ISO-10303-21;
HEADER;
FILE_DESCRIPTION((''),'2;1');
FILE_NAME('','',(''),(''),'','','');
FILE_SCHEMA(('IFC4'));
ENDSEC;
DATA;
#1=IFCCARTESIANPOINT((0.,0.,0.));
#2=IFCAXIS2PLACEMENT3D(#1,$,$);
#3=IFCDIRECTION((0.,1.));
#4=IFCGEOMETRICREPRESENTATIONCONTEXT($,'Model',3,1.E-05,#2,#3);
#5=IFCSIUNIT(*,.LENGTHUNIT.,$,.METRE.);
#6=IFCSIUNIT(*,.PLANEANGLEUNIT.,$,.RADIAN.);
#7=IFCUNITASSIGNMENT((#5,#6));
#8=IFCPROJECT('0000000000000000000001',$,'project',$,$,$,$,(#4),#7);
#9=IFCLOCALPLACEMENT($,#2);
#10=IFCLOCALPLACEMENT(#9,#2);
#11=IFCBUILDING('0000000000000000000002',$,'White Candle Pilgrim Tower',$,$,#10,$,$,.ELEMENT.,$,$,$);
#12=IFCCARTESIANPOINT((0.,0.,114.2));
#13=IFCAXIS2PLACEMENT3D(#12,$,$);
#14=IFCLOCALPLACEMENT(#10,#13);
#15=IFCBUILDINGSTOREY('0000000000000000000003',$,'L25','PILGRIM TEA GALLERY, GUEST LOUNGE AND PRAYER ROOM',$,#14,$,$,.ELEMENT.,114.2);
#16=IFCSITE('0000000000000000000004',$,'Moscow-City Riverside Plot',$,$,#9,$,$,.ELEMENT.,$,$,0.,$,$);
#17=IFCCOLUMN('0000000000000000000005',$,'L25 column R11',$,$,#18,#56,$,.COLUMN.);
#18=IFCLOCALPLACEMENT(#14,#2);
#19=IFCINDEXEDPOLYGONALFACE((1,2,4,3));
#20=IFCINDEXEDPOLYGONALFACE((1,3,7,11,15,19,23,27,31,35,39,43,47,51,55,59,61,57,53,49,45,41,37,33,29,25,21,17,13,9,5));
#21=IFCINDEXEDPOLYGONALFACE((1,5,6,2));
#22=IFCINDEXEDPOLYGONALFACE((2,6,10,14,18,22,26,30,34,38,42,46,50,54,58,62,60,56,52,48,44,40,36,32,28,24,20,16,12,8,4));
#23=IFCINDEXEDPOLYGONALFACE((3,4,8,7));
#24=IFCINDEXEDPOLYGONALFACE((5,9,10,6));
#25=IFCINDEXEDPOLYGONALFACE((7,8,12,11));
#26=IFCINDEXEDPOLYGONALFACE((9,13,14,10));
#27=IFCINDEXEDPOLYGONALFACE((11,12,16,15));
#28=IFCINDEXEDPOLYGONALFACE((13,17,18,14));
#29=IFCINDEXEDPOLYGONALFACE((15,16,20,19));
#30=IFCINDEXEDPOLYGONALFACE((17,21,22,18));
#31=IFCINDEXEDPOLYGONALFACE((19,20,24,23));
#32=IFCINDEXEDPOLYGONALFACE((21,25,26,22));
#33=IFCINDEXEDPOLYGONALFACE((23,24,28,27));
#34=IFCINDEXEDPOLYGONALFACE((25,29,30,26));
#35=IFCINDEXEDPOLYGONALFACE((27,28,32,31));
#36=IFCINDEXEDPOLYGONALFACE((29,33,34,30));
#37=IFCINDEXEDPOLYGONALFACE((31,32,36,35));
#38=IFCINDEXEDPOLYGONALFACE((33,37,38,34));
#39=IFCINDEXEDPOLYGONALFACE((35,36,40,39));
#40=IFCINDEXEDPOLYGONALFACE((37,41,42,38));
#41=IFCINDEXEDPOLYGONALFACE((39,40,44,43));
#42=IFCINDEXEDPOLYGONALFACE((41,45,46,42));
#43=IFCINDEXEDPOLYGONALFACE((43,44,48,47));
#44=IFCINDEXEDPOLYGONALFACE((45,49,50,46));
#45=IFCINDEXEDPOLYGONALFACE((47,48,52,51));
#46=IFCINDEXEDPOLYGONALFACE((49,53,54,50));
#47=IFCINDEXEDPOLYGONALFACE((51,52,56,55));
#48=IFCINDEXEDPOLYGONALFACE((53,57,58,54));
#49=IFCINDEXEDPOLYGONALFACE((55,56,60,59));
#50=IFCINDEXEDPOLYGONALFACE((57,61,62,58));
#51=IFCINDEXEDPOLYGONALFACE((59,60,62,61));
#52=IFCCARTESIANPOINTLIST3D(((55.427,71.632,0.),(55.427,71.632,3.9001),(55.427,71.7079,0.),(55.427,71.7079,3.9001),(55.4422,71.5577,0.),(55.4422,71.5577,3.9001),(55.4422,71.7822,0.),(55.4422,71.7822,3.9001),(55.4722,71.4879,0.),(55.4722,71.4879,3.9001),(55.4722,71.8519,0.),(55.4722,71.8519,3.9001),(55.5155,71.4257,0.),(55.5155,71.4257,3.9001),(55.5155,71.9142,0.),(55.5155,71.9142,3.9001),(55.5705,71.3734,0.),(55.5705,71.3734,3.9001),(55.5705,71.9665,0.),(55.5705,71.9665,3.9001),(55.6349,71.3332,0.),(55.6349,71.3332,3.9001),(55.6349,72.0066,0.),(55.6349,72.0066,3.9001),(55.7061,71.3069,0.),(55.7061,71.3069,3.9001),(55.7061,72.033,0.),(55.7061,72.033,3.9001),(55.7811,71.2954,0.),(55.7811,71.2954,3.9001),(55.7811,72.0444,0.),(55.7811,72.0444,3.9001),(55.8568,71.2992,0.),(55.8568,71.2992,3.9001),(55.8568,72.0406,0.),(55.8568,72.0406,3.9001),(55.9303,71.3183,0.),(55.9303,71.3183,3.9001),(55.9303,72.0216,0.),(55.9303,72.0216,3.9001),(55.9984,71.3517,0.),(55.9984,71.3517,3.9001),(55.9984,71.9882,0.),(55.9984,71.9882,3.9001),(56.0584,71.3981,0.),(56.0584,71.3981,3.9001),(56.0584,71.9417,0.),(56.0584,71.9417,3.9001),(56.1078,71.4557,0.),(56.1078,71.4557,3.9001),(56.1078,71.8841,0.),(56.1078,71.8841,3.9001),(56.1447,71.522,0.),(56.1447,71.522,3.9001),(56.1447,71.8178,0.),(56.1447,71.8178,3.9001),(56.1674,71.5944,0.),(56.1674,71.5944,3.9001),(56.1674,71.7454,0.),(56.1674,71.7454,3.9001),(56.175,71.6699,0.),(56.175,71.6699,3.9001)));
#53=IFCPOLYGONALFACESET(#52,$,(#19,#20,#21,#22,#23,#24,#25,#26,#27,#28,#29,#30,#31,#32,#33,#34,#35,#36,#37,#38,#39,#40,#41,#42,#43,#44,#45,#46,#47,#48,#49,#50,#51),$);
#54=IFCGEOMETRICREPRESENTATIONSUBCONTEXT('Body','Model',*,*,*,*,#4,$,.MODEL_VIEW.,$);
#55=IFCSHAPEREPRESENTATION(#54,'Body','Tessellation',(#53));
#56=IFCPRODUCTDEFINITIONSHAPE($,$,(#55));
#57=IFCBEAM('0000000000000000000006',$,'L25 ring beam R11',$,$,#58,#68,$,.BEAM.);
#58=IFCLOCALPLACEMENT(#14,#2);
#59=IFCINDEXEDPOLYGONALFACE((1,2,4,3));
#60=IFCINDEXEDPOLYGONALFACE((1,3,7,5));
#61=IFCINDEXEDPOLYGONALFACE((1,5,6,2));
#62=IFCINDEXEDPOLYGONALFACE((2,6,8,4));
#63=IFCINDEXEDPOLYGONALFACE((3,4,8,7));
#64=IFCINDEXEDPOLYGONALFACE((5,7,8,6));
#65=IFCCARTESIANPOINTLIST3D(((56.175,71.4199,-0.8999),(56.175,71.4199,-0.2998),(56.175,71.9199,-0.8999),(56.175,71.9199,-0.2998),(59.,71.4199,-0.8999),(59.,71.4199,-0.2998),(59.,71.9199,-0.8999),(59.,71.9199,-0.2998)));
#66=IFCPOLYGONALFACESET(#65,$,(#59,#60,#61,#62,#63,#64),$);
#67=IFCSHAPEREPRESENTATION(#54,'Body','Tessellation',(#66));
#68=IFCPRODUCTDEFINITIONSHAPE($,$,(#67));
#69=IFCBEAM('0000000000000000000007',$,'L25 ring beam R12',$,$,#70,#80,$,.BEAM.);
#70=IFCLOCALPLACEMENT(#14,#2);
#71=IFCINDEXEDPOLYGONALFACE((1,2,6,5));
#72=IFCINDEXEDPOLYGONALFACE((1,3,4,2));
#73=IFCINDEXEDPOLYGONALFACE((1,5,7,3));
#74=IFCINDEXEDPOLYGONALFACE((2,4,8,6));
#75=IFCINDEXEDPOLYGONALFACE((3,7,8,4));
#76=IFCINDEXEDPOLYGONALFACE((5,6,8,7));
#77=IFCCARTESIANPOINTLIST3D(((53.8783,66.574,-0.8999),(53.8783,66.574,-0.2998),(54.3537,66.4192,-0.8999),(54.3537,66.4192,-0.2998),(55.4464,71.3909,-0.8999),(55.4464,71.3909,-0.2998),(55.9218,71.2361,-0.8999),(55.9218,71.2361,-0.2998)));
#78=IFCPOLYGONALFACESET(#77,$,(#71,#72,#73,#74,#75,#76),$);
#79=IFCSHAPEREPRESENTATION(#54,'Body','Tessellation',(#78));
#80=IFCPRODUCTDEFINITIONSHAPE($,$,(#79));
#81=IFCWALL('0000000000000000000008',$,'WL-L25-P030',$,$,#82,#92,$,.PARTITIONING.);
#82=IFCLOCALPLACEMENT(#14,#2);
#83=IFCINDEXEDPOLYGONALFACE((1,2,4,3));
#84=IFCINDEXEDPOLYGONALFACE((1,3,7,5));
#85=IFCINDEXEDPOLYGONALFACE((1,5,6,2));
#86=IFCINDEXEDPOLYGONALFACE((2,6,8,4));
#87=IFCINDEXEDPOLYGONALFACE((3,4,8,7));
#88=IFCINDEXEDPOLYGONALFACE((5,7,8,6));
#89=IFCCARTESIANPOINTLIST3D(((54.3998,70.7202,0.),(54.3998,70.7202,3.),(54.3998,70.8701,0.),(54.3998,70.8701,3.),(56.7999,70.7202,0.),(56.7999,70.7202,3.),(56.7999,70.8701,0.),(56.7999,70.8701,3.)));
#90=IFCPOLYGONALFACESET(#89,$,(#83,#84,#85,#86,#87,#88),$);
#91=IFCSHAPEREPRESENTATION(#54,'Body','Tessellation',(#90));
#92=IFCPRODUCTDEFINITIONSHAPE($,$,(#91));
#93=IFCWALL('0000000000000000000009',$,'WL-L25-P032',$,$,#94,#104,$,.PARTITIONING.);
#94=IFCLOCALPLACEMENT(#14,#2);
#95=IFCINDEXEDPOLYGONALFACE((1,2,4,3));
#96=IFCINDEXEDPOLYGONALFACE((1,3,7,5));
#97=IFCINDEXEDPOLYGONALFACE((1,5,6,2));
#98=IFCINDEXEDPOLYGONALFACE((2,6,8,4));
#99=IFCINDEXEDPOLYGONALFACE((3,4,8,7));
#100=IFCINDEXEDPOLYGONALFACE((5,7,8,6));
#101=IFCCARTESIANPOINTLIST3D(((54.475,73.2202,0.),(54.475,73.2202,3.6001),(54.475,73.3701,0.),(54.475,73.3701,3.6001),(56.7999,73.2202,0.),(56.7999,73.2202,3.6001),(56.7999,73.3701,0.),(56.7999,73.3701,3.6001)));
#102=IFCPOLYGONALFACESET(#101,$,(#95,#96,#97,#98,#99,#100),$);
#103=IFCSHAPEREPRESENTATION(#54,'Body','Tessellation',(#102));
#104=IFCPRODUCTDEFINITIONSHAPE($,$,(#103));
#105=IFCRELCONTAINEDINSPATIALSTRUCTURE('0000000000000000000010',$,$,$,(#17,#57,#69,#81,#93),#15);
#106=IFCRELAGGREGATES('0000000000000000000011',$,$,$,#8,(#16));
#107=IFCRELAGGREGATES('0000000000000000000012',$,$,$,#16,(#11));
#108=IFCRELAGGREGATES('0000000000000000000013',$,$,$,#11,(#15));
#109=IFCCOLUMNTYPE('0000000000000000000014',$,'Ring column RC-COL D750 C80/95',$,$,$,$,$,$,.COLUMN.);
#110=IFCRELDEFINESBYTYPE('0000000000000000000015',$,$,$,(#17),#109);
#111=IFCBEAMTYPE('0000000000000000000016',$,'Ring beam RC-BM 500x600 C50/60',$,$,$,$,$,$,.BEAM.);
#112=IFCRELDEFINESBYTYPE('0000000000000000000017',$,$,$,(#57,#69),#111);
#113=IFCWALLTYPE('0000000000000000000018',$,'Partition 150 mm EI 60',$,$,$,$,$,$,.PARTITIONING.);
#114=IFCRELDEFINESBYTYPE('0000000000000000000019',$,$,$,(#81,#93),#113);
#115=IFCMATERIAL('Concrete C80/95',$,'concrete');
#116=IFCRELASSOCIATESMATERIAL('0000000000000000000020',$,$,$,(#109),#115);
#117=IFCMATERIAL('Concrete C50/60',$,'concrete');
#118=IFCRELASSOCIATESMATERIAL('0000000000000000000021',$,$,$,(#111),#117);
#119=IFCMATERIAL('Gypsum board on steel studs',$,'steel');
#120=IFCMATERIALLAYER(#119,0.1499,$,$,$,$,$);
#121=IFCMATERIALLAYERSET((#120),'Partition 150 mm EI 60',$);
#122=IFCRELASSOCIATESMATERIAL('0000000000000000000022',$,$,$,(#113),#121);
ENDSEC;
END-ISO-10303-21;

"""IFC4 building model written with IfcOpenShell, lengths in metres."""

from ifc_helpers import new_model, si_unit, direction, frame, frame_2d, origin, origin_2d, place, context, subcontext, project, spatial, rectangle, circle, extrude, material, layer, layer_set, material_profile, profile_set, type_object, element, save


model = new_model("IFC4")

# Units and contexts
model_context = context("Model", 3, precision=1e-05, world=origin(), true_north=direction((0.0, 1.0)))
body_context = subcontext(model_context, "Body", "Model", "MODEL_VIEW")
ifc_project = project(units=[si_unit("LENGTHUNIT", "METRE"), si_unit("PLANEANGLEUNIT", "RADIAN")], contexts=[model_context])

# Site, building, storey
site_placement = place(None, origin())
site = spatial("IfcSite", under=ifc_project, at=site_placement, Name="Moscow-City Riverside Plot", CompositionType="ELEMENT", RefElevation=0.0)
building_placement = place(site_placement, origin())
building = spatial("IfcBuilding", under=site, at=building_placement, Name="White Candle Pilgrim Tower", CompositionType="ELEMENT")
storey_placement = place(building_placement, frame((0.0, 0.0, 114.2)))
storey = spatial("IfcBuildingStorey", under=building, at=storey_placement, Name="L25", Description="PILGRIM TEA GALLERY, GUEST LOUNGE AND PRAYER ROOM", CompositionType="ELEMENT", Elevation=114.2)

# Column
ifc_material_1 = material(Name="Concrete C80/95", Category="concrete")
ifc_material_profile_1 = material_profile(ifc_material_1, circle(Radius=0.375, at=origin_2d()), Name="RC-COL D750")
ifc_profile_set_1 = profile_set([ifc_material_profile_1], Name="Concrete C80/95")
column_type = type_object("IfcColumnType", Name="Ring column RC-COL D750 C80/95", PredefinedType="COLUMN", material=ifc_profile_set_1)
column_placement = place(storey_placement, frame((55.8, 71.6699, 0.0), z_axis=(0.0, 0.0, 1.0), x_axis=(1.0, 0.0, 0.0)))
element("IfcColumn", 1, at=column_placement, inside=storey, type_object=column_type, Name="L25 column R11", PredefinedType="COLUMN", context=body_context, shape_type="SweptSolid", body=[
    extrude(circle(Radius=0.375, at=origin_2d()), origin(), (0.0, 0.0, 1.0), 3.9001),
])

# Beams
ifc_material_2 = material(Name="Concrete C50/60", Category="concrete")
ifc_material_profile_2 = material_profile(ifc_material_2, rectangle(XDim=0.5, YDim=0.6001, at=origin_2d()), Name="RC-BM 500x600")
ifc_profile_set_2 = profile_set([ifc_material_profile_2], Name="Concrete C50/60")
beam_type = type_object("IfcBeamType", Name="Ring beam RC-BM 500x600 C50/60", PredefinedType="BEAM", material=ifc_profile_set_2)
beam_1_placement = place(storey_placement, frame((56.175, 71.6699, -0.5999), z_axis=(1.0, 0.0, 0.0), x_axis=(0.0, 1.0, 0.0)))
element("IfcBeam", 2, at=beam_1_placement, inside=storey, type_object=beam_type, Name="L25 ring beam R11", PredefinedType="BEAM", context=body_context, shape_type="SweptSolid", body=[
    extrude(rectangle(XDim=0.5, YDim=0.6001, at=origin_2d()), origin(), (0.0, 0.0, 1.0), 2.825),
])
beam_2_placement = place(storey_placement, frame((55.6841, 71.3135, -0.5999), z_axis=(-0.309555, -0.950882, 0.0), x_axis=(0.950882, -0.309555, 0.0)))
element("IfcBeam", 3, at=beam_2_placement, inside=storey, type_object=beam_type, Name="L25 ring beam R12", PredefinedType="BEAM", context=body_context, shape_type="SweptSolid", body=[
    extrude(rectangle(XDim=0.5, YDim=0.6001, at=origin_2d()), origin(), (0.0, 0.0, 1.0), 5.0657),
])

# Walls
ifc_material_3 = material(Name="Gypsum board on steel studs", Category="steel")
ifc_layer_1 = layer(ifc_material_3, 0.1499)
ifc_layer_set_1 = layer_set([ifc_layer_1], Name="Partition 150 mm EI 60")
wall_type_1 = type_object("IfcWallType", Name="Partition 150 mm EI 60", PredefinedType="PARTITIONING", material=ifc_layer_set_1)
wall_1_placement = place(storey_placement, frame((56.8, 70.7952, 0.0), z_axis=(0.0, 0.0, 1.0), x_axis=(-1.0, 0.0, 0.0)))
element("IfcWall", 4, at=wall_1_placement, inside=storey, type_object=wall_type_1, Name="WL-L25-P030", PredefinedType="PARTITIONING", context=body_context, shape_type="SweptSolid", body=[
    extrude(rectangle(XDim=2.4001, YDim=0.1499, at=frame_2d((1.2002, 0.0))), origin(), (0.0, 0.0, 1.0), 3.0),
])
wall_2_placement = place(storey_placement, frame((56.8, 73.2952, 0.0), z_axis=(0.0, 0.0, 1.0), x_axis=(-1.0, 0.0, 0.0)))
element("IfcWall", 5, at=wall_2_placement, inside=storey, type_object=wall_type_1, Name="WL-L25-P032", PredefinedType="PARTITIONING", context=body_context, shape_type="SweptSolid", body=[
    extrude(rectangle(XDim=2.325, YDim=0.1499, at=frame_2d((1.1626, 0.0))), origin(), (0.0, 0.0, 1.0), 3.6001),
])

save(model, "model.ifc")
